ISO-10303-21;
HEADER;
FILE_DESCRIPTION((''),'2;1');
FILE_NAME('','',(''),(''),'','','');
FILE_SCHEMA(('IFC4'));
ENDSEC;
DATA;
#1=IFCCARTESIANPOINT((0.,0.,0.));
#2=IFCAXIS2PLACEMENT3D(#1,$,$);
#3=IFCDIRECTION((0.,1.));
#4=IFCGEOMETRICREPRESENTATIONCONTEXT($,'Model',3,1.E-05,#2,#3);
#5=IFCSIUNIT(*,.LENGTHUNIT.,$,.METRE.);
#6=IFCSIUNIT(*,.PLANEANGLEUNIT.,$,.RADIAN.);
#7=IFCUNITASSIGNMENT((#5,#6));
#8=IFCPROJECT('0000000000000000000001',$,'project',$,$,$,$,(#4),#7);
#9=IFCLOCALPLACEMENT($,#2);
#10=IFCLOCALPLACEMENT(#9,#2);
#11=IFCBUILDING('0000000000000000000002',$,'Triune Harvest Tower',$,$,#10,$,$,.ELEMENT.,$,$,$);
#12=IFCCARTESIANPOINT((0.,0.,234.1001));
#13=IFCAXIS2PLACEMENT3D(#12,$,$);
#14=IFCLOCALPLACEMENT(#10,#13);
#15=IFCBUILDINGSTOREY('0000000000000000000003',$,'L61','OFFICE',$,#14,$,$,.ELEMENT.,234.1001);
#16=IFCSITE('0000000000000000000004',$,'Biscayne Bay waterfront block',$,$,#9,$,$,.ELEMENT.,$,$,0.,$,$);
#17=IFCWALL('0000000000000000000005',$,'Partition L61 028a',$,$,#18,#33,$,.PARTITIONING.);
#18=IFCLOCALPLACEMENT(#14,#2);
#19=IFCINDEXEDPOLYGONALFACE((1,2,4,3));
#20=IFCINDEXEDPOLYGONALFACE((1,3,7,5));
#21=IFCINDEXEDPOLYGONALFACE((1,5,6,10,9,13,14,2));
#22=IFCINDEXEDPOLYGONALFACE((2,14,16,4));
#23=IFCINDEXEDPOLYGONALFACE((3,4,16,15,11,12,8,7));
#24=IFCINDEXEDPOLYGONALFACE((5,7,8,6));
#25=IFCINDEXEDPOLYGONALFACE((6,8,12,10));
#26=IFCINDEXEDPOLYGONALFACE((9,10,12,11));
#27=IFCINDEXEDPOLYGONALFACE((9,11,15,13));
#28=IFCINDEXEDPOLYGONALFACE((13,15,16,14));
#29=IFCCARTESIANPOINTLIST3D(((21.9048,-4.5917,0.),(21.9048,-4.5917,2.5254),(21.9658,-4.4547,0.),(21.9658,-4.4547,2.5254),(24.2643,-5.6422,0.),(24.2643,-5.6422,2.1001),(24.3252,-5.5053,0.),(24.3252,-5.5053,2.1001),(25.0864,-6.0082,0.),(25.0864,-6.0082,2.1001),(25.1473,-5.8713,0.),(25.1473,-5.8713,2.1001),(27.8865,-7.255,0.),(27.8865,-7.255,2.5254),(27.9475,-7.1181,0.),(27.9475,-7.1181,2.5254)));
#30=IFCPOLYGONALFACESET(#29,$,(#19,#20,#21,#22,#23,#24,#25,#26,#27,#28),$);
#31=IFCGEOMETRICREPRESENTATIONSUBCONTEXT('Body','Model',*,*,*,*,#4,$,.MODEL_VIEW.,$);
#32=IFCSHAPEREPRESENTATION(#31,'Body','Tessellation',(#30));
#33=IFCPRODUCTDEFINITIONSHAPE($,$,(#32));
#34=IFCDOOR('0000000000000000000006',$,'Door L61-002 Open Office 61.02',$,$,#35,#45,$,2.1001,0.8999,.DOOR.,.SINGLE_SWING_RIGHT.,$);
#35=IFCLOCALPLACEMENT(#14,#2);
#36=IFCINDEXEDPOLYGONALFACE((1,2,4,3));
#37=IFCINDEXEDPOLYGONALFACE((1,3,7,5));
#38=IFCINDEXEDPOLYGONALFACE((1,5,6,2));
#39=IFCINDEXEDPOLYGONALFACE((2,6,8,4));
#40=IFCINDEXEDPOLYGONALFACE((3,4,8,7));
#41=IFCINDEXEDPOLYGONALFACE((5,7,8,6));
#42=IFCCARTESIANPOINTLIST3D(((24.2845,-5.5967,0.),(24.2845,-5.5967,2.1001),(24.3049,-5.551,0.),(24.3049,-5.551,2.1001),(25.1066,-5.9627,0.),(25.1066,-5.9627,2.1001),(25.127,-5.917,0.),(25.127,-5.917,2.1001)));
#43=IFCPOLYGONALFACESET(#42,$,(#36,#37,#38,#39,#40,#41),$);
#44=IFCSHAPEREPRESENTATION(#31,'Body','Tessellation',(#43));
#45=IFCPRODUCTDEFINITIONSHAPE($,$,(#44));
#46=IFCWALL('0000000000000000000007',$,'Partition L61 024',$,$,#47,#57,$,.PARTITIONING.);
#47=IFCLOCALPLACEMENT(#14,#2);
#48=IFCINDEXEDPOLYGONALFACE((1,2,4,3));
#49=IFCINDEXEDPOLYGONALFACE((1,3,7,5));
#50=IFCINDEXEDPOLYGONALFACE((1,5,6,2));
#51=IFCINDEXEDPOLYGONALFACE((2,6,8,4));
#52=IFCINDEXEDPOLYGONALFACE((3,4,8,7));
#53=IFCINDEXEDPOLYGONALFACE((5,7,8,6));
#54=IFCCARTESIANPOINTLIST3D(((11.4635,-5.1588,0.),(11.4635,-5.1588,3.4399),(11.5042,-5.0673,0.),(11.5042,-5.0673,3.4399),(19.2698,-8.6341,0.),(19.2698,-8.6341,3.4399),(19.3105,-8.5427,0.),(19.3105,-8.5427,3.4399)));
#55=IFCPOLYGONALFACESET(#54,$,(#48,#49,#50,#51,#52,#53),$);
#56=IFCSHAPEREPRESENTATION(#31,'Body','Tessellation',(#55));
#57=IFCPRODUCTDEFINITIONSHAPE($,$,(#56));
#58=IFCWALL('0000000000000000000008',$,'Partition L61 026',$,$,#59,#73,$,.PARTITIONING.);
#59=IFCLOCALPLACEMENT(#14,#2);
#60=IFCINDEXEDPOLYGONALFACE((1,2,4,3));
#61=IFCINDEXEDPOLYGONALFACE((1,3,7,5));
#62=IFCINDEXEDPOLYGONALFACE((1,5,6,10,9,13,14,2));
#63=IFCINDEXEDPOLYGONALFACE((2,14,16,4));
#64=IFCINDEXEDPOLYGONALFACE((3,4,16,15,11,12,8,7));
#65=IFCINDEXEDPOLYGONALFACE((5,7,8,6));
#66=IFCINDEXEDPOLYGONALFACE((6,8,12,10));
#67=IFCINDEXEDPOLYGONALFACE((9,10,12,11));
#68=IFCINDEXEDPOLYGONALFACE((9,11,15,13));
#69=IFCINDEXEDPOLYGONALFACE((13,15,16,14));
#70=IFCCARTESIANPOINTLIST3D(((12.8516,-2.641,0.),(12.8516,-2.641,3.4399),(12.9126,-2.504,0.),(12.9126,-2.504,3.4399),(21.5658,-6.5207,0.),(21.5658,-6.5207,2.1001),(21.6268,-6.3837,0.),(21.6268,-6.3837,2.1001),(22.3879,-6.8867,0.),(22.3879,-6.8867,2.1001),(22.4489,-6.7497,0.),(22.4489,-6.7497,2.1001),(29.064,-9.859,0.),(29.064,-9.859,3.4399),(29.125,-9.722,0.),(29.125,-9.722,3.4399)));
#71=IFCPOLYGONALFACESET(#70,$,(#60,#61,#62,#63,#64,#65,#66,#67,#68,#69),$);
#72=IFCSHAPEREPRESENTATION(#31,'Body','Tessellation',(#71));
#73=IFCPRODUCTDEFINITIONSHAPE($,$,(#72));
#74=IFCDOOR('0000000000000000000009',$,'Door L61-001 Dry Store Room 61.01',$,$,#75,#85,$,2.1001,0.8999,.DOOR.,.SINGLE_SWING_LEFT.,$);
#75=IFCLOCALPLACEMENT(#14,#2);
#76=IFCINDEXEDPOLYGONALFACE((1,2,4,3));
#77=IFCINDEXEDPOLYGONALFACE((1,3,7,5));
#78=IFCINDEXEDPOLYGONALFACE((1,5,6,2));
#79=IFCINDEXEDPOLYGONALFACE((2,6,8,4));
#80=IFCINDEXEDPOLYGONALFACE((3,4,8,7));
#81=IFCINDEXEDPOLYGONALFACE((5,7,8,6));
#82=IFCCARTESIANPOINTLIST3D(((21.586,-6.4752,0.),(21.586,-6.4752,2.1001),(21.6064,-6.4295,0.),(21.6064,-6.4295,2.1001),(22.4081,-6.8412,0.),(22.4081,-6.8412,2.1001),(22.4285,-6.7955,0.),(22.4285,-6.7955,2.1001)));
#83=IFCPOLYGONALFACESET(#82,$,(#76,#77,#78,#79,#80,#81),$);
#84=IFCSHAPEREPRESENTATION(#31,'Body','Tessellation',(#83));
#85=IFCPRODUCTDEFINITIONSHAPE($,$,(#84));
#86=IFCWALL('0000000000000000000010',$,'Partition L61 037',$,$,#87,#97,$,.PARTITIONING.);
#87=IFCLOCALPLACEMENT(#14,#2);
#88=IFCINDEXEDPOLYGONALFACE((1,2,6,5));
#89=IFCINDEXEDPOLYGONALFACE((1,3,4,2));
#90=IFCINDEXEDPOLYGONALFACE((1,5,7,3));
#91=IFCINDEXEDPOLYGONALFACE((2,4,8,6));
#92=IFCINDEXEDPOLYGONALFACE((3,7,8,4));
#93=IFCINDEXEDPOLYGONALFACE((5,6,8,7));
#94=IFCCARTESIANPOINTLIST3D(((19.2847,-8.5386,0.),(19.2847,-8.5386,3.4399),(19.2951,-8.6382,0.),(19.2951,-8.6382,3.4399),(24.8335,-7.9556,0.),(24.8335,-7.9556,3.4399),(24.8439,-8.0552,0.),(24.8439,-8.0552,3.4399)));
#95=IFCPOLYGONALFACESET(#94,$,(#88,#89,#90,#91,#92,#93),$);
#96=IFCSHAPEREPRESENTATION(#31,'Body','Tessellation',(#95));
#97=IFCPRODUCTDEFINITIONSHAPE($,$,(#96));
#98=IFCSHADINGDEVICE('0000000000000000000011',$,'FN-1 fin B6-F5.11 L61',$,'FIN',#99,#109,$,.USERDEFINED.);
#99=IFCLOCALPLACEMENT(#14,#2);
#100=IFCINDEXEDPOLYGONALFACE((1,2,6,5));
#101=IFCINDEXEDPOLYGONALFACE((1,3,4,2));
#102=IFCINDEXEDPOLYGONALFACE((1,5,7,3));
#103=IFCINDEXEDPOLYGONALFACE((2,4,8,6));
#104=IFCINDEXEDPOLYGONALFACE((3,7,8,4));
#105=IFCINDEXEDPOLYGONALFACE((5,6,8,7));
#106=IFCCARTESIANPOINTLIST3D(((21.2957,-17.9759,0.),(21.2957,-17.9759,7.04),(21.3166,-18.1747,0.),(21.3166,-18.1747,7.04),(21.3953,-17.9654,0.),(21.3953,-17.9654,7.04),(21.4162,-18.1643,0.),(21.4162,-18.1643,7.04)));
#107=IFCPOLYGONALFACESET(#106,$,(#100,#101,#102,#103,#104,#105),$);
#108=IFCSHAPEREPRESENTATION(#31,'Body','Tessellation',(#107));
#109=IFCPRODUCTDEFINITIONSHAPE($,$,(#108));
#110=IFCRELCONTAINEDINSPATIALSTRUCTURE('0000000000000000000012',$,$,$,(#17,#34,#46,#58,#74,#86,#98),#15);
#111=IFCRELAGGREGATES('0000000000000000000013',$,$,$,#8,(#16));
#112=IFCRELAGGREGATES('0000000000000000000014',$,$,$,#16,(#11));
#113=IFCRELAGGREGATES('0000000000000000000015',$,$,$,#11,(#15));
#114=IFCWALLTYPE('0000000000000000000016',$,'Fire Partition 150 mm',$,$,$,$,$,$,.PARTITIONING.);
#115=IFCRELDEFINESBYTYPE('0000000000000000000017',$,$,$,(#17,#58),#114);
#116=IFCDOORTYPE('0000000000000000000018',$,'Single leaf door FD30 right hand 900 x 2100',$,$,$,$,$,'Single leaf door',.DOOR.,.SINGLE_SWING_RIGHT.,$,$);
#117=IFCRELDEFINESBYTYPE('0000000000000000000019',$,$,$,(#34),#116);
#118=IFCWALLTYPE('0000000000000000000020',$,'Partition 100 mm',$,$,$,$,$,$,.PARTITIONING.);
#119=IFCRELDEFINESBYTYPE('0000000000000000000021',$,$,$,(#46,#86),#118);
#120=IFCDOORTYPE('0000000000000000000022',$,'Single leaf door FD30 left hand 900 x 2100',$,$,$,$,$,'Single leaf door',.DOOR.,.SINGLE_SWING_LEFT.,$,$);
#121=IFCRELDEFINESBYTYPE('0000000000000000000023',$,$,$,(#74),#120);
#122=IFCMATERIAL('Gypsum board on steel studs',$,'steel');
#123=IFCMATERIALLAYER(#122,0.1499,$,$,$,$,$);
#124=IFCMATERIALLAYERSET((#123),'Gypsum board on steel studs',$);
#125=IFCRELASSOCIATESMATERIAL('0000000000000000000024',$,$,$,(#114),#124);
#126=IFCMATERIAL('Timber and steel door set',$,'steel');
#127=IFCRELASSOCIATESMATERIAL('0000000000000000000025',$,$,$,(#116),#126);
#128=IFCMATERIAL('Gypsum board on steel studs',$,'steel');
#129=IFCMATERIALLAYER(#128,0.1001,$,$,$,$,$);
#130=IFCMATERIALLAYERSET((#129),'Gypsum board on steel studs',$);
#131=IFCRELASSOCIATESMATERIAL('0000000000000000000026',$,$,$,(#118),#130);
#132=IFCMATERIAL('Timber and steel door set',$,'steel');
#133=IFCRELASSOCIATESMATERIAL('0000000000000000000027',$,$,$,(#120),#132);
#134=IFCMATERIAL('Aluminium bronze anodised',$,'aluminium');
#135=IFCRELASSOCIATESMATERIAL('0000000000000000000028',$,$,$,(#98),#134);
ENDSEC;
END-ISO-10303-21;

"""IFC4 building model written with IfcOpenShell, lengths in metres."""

from ifc_helpers import new_model, si_unit, direction, frame, frame_2d, origin, origin_2d, place, context, subcontext, project, spatial, rectangle, extrude, source, transform, mapped, material, layer, layer_set, type_object, element, fill, save


model = new_model("IFC4")

# Units and contexts
model_context = context("Model", 3, precision=1e-05, world=origin(), true_north=direction((0.0, 1.0)))
body_context = subcontext(model_context, "Body", "Model", "MODEL_VIEW")
ifc_project = project(units=[si_unit("LENGTHUNIT", "METRE"), si_unit("PLANEANGLEUNIT", "RADIAN")], contexts=[model_context])

# Site, building, storey
site_placement = place(None, origin())
site = spatial("IfcSite", under=ifc_project, at=site_placement, Name="Biscayne Bay waterfront block", CompositionType="ELEMENT", RefElevation=0.0)
building_placement = place(site_placement, origin())
building = spatial("IfcBuilding", under=site, at=building_placement, Name="Triune Harvest Tower", CompositionType="ELEMENT")
storey_placement = place(building_placement, frame((0.0, 0.0, 234.1001)))
storey = spatial("IfcBuildingStorey", under=building, at=storey_placement, Name="L61", Description="OFFICE", CompositionType="ELEMENT", Elevation=234.1001)

# Wall, opening, door
ifc_material_1 = material(Name="Gypsum board on steel studs", Category="steel")
ifc_layer_1 = layer(ifc_material_1, 0.1499)
ifc_layer_set_1 = layer_set([ifc_layer_1], Name="Gypsum board on steel studs")
wall_type_1 = type_object("IfcWallType", Name="Fire Partition 150 mm", PredefinedType="PARTITIONING", material=ifc_layer_set_1)
wall_1_placement = place(storey_placement, frame((21.9353, -4.5232, 0.0), z_axis=(0.0, 0.0, 1.0), x_axis=(0.913539, -0.406751, 0.0)))
wall_1 = element("IfcWall", 1, at=wall_1_placement, inside=storey, type_object=wall_type_1, Name="Partition L61 028a", PredefinedType="PARTITIONING", context=body_context, shape_type="SweptSolid", body=[
    extrude(rectangle(XDim=6.5479, YDim=0.1499, at=frame_2d((3.2739, 0.0))), origin(), (0.0, 0.0, 1.0), 2.5254),
])
opening_1_placement = place(wall_1_placement, frame((2.5828, 0.0, 0.0)))
opening_1 = element("IfcOpeningElement", 2, at=opening_1_placement, cuts=wall_1, PredefinedType="OPENING", context=body_context, shape_type="SweptSolid", body=[
    extrude(rectangle(XDim=0.8999, YDim=2.1001, at=frame_2d((0.45, 1.05))), frame((0.0, 0.085, 0.0), z_axis=(0.0, -1.0, 0.0), x_axis=(1.0, 0.0, 0.0)), (0.0, 0.0, 1.0), 0.1699),
])
ifc_material_2 = material(Name="Timber and steel door set", Category="steel")
door_type_1 = type_object("IfcDoorType", Name="Single leaf door FD30 right hand 900 x 2100", ElementType="Single leaf door", OperationType="SINGLE_SWING_RIGHT", PredefinedType="DOOR", material=ifc_material_2)
door_1_placement = place(opening_1_placement, origin())
door_1 = element("IfcDoor", 3, at=door_1_placement, inside=storey, type_object=door_type_1, Name="Door L61-002 Open Office 61.02", OperationType="SINGLE_SWING_RIGHT", OverallHeight=2.1001, OverallWidth=0.8999, PredefinedType="DOOR", context=body_context, shape_type="SweptSolid", body=[
    extrude(rectangle(XDim=0.8999, YDim=2.1001, at=frame_2d((0.45, 1.05))), frame((0.0, 0.0249, 0.0), z_axis=(0.0, -1.0, 0.0), x_axis=(1.0, 0.0, 0.0)), (0.0, 0.0, 1.0), 0.05),
])
fill(opening_1, door_1)

# Wall
ifc_material_3 = material(Name="Gypsum board on steel studs", Category="steel")
ifc_layer_2 = layer(ifc_material_3, 0.1001)
ifc_layer_set_2 = layer_set([ifc_layer_2], Name="Gypsum board on steel studs")
wall_type_2 = type_object("IfcWallType", Name="Partition 100 mm", PredefinedType="PARTITIONING", material=ifc_layer_set_2)
shared_shape_1 = source(origin(), body_context, "Body", "SweptSolid", [
    extrude(rectangle(XDim=8.5449, YDim=0.1001, at=frame_2d((4.2725, 0.0))), origin(), (0.0, 0.0, 1.0), 3.4399),
])
wall_2_placement = place(storey_placement, frame((11.4839, -5.113, 0.0), z_axis=(0.0, 0.0, 1.0), x_axis=(0.913553, -0.406719, 0.0)))
element("IfcWall", 4, at=wall_2_placement, inside=storey, type_object=wall_type_2, Name="Partition L61 024", PredefinedType="PARTITIONING", context=body_context, shape_type="MappedRepresentation", body=[
    mapped(shared_shape_1, transform((0.0, 0.0, 0.0), scale=1.0)),
])

# Wall, opening, door
shared_shape_2 = source(origin(), body_context, "Body", "SweptSolid", [
    extrude(rectangle(XDim=17.7466, YDim=0.1499, at=frame_2d((8.8733, 0.0))), origin(), (0.0, 0.0, 1.0), 3.4399),
])
wall_3_placement = place(storey_placement, frame((12.8821, -2.5725, 0.0), z_axis=(0.0, 0.0, 1.0), x_axis=(0.91355, -0.406727, 0.0)))
wall_3 = element("IfcWall", 5, at=wall_3_placement, inside=storey, type_object=wall_type_1, Name="Partition L61 026", PredefinedType="PARTITIONING", context=body_context, shape_type="MappedRepresentation", body=[
    mapped(shared_shape_2, transform((0.0, 0.0, 0.0), scale=1.0)),
])
opening_2_placement = place(wall_3_placement, frame((9.5388, 0.0, 0.0)))
opening_2 = element("IfcOpeningElement", 6, at=opening_2_placement, cuts=wall_3, PredefinedType="OPENING", context=body_context, shape_type="SweptSolid", body=[
    extrude(rectangle(XDim=0.8999, YDim=2.1001, at=frame_2d((0.45, 1.05))), frame((0.0, 0.085, 0.0), z_axis=(0.0, -1.0, 0.0), x_axis=(1.0, 0.0, 0.0)), (0.0, 0.0, 1.0), 0.1699),
])
ifc_material_4 = material(Name="Timber and steel door set", Category="steel")
door_type_2 = type_object("IfcDoorType", Name="Single leaf door FD30 left hand 900 x 2100", ElementType="Single leaf door", OperationType="SINGLE_SWING_LEFT", PredefinedType="DOOR", material=ifc_material_4)
door_2_placement = place(opening_2_placement, origin())
door_2 = element("IfcDoor", 7, at=door_2_placement, inside=storey, type_object=door_type_2, Name="Door L61-001 Dry Store Room 61.01", OperationType="SINGLE_SWING_LEFT", OverallHeight=2.1001, OverallWidth=0.8999, PredefinedType="DOOR", context=body_context, shape_type="SweptSolid", body=[
    extrude(rectangle(XDim=0.8999, YDim=2.1001, at=frame_2d((0.45, 1.05))), frame((0.0, 0.0249, 0.0), z_axis=(0.0, -1.0, 0.0), x_axis=(1.0, 0.0, 0.0)), (0.0, 0.0, 1.0), 0.05),
])
fill(opening_2, door_2)

# Wall
shared_shape_3 = source(origin(), body_context, "Body", "SweptSolid", [
    extrude(rectangle(XDim=5.5793, YDim=0.1001, at=frame_2d((2.7896, 0.0))), origin(), (0.0, 0.0, 1.0), 3.4399),
])
wall_4_placement = place(storey_placement, frame((19.29, -8.5884, 0.0), z_axis=(0.0, 0.0, 1.0), x_axis=(0.994526, 0.104493, 0.0)))
element("IfcWall", 8, at=wall_4_placement, inside=storey, type_object=wall_type_2, Name="Partition L61 037", PredefinedType="PARTITIONING", context=body_context, shape_type="MappedRepresentation", body=[
    mapped(shared_shape_3, transform((0.0, 0.0, 0.0), scale=1.0)),
])

# Shading device
ifc_material_5 = material(Name="Aluminium bronze anodised", Category="aluminium")
shared_shape_4 = source(origin(), body_context, "Body", "SweptSolid", [
    extrude(rectangle(XDim=0.1001, YDim=0.2, at=origin_2d()), origin(), (0.0, 0.0, 1.0), 7.04),
])
shading_device_placement = place(storey_placement, frame((21.356, -18.0701, 0.0), z_axis=(0.0, 0.0, 1.0), x_axis=(0.994522, 0.10453, 0.0)))
element("IfcShadingDevice", 9, at=shading_device_placement, inside=storey, material=ifc_material_5, Name="FN-1 fin B6-F5.11 L61", ObjectType="FIN", PredefinedType="USERDEFINED", context=body_context, shape_type="MappedRepresentation", body=[
    mapped(shared_shape_4, transform((0.0, 0.0, 0.0), scale=1.0)),
])

save(model, "model.ifc")
